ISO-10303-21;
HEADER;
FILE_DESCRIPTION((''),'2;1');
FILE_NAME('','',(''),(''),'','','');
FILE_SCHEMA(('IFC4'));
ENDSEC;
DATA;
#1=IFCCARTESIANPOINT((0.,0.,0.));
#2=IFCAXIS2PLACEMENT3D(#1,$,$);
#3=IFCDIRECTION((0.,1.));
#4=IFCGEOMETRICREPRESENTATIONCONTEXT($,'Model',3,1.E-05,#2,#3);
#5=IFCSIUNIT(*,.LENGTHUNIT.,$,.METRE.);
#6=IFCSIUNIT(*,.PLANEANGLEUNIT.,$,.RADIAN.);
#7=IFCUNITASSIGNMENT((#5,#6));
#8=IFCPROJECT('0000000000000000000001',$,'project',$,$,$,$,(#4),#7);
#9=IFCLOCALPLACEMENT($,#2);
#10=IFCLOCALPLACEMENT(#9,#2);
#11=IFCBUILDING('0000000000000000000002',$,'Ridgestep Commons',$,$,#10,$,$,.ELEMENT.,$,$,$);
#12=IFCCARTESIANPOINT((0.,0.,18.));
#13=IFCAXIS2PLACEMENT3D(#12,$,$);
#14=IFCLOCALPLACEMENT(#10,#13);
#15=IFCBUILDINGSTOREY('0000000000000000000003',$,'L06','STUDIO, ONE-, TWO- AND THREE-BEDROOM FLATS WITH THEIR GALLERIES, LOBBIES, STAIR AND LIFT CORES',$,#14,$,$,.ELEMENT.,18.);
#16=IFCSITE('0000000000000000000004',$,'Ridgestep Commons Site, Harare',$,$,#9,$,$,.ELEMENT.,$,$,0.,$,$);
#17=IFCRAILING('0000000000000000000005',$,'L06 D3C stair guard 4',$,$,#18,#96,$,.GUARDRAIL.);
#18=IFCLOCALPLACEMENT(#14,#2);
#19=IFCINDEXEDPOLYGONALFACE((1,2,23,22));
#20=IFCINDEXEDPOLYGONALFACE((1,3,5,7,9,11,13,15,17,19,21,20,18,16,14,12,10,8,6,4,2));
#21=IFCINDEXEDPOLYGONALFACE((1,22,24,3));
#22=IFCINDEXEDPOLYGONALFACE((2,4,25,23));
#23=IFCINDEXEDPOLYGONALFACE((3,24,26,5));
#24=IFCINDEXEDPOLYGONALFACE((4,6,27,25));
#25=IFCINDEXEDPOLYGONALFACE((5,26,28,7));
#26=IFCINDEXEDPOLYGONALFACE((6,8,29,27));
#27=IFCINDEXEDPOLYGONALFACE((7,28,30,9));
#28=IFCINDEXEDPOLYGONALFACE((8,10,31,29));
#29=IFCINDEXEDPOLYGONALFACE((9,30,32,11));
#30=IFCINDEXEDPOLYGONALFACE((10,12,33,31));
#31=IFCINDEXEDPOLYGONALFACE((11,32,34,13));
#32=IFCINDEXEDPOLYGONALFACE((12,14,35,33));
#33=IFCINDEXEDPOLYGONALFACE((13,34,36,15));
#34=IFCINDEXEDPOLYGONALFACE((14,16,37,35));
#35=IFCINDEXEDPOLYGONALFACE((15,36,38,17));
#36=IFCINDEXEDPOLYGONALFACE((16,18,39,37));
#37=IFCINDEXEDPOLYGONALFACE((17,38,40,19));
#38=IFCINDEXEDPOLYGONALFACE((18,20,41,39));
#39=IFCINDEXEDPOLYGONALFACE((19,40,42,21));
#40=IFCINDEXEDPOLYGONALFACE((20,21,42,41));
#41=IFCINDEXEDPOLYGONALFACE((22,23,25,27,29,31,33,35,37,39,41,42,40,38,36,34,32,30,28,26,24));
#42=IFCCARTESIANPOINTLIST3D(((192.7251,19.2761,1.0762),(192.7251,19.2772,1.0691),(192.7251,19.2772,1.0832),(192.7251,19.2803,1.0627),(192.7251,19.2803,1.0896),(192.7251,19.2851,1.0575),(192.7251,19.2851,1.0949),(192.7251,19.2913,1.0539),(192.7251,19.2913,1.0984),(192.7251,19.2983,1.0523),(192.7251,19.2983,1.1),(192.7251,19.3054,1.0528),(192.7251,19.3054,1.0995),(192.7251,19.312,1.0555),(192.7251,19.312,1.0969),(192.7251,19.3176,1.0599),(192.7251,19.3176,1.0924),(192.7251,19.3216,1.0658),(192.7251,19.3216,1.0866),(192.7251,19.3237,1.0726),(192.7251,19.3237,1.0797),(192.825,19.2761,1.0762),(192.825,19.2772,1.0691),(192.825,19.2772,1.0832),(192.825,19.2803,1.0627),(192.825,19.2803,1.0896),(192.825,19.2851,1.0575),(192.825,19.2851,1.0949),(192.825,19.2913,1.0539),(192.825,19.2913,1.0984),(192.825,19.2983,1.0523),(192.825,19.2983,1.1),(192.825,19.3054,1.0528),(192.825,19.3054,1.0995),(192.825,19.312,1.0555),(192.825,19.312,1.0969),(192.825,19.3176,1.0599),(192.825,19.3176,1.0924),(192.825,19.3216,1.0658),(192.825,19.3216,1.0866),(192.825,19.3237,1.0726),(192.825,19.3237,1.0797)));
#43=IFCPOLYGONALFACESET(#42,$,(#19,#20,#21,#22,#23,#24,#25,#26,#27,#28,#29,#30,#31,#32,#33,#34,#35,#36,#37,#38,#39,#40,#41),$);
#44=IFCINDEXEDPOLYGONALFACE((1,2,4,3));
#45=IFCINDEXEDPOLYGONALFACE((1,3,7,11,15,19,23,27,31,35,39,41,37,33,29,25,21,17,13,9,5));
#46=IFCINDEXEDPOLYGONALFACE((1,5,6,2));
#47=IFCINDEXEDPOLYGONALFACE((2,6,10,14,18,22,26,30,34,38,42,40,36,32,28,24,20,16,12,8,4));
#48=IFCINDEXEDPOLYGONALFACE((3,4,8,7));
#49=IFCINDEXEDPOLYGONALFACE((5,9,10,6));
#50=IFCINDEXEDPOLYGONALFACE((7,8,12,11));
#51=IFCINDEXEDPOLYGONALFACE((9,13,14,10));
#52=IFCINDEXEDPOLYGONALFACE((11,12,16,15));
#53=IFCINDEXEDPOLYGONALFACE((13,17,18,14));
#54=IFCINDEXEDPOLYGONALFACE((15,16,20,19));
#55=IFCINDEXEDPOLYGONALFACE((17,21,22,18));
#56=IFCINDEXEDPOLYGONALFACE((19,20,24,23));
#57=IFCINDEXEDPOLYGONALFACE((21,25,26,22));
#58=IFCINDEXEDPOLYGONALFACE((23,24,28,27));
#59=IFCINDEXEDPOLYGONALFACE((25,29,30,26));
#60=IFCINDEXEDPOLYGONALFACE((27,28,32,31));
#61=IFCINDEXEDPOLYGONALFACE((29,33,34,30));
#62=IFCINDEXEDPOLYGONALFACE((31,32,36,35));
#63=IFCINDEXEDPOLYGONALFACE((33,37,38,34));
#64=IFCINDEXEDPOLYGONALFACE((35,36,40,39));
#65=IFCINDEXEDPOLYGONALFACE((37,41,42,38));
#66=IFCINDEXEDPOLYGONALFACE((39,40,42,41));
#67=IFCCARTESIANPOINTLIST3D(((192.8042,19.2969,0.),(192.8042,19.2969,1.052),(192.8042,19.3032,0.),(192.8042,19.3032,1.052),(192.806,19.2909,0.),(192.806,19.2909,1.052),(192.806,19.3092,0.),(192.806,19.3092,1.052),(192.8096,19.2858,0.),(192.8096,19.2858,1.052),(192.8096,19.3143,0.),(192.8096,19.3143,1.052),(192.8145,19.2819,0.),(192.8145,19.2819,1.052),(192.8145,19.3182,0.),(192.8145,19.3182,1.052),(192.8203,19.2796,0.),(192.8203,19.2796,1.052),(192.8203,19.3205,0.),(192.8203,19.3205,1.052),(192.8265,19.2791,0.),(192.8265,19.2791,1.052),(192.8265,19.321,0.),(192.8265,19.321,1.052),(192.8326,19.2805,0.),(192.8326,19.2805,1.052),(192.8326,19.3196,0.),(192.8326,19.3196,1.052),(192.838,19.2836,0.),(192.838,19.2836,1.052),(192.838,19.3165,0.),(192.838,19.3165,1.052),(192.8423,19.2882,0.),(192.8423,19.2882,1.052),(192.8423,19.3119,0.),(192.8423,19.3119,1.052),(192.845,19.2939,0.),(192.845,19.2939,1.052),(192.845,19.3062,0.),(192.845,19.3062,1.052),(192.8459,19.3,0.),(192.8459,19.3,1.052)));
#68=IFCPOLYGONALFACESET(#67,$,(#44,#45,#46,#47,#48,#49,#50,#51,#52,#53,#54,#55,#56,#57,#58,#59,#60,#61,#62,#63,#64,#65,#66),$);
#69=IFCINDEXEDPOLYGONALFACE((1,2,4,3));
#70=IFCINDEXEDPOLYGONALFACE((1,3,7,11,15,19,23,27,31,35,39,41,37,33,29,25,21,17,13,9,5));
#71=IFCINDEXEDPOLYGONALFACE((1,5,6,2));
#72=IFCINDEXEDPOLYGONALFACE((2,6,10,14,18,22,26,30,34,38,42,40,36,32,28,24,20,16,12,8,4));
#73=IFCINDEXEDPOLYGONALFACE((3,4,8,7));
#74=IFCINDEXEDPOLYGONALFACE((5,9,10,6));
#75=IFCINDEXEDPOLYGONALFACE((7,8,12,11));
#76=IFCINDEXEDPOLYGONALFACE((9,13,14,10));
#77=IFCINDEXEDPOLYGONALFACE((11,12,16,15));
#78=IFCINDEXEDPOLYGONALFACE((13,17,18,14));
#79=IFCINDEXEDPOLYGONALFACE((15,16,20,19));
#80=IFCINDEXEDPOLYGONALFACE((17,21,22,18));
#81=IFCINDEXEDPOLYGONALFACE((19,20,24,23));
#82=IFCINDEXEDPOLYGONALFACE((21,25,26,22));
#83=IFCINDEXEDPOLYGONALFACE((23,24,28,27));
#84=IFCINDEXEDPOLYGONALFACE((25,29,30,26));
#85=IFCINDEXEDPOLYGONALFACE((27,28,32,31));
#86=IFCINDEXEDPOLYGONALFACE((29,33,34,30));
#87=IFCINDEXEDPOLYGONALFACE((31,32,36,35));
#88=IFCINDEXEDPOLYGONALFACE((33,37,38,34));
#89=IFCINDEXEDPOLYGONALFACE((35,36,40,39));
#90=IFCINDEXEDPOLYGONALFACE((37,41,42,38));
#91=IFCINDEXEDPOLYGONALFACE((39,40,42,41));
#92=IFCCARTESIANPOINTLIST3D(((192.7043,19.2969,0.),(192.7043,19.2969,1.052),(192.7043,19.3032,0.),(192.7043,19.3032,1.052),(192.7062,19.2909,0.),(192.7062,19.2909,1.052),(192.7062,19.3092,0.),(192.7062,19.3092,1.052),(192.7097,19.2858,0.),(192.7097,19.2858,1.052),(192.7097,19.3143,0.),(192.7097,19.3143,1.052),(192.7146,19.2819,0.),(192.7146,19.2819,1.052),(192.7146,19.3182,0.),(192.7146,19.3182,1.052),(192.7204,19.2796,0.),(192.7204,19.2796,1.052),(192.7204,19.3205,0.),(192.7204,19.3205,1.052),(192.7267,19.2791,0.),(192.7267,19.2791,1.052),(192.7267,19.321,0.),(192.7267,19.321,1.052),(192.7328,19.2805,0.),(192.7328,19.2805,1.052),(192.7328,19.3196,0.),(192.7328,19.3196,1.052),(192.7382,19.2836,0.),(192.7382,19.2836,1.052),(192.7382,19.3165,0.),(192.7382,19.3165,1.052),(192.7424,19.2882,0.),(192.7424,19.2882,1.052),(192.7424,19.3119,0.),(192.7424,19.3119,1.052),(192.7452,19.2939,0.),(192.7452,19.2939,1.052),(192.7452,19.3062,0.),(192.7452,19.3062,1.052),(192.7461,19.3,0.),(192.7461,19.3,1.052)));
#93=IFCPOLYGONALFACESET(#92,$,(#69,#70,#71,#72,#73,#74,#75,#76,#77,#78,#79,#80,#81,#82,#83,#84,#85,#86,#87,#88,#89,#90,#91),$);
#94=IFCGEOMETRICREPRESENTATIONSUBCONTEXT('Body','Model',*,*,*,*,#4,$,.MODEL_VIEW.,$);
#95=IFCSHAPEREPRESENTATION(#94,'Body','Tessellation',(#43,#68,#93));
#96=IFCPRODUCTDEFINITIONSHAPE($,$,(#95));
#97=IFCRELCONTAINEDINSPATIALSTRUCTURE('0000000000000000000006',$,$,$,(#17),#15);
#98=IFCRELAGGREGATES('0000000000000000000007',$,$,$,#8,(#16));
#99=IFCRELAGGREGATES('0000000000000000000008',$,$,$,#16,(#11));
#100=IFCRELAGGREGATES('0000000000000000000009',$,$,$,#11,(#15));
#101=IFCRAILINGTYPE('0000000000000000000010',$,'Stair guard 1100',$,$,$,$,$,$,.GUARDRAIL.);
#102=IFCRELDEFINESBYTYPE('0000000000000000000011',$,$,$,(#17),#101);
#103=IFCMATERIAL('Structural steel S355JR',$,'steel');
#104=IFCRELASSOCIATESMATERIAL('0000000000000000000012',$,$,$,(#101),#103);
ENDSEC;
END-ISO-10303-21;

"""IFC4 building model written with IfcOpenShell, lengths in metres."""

from ifc_helpers import new_model, si_unit, direction, frame, origin, origin_2d, place, context, subcontext, project, spatial, circle, extrude, material, type_object, element, save


model = new_model("IFC4")

# Units and contexts
model_context = context("Model", 3, precision=1e-05, world=origin(), true_north=direction((0.0, 1.0)))
body_context = subcontext(model_context, "Body", "Model", "MODEL_VIEW")
ifc_project = project(units=[si_unit("LENGTHUNIT", "METRE"), si_unit("PLANEANGLEUNIT", "RADIAN")], contexts=[model_context])

# Site, building, storey
site_placement = place(None, origin())
site = spatial("IfcSite", under=ifc_project, at=site_placement, Name="Ridgestep Commons Site, Harare", CompositionType="ELEMENT", RefElevation=0.0)
building_placement = place(site_placement, origin())
building = spatial("IfcBuilding", under=site, at=building_placement, Name="Ridgestep Commons", CompositionType="ELEMENT")
storey_placement = place(building_placement, frame((0.0, 0.0, 18.0)))
storey = spatial("IfcBuildingStorey", under=building, at=storey_placement, Name="L06", Description="STUDIO, ONE-, TWO- AND THREE-BEDROOM FLATS WITH THEIR GALLERIES, LOBBIES, STAIR AND LIFT CORES", CompositionType="ELEMENT", Elevation=18.0)

# Railing
ifc_material_1 = material(Name="Structural steel S355JR", Category="steel")
railing_type_1 = type_object("IfcRailingType", Name="Stair guard 1100", PredefinedType="GUARDRAIL", material=ifc_material_1)
railing_1_placement = place(storey_placement, frame((192.825, 19.3, 0.0)))
element("IfcRailing", 1, at=railing_1_placement, inside=storey, type_object=railing_type_1, Name="L06 D3C stair guard 4", PredefinedType="GUARDRAIL", context=body_context, shape_type="SweptSolid", body=[
    extrude(circle(Radius=0.0239, at=origin_2d()), frame((0.0, 0.0, 1.0762), z_axis=(-1.0, 0.0, 0.0), x_axis=(0.0, -1.0, 0.0)), (0.0, 0.0, 1.0), 0.0999),
    extrude(circle(Radius=0.021, at=origin_2d()), origin(), (0.0, 0.0, 1.0), 1.052),
    extrude(circle(Radius=0.021, at=origin_2d()), frame((-0.0999, 0.0, 0.0)), (0.0, 0.0, 1.0), 1.052),
])

save(model, "model.ifc")
